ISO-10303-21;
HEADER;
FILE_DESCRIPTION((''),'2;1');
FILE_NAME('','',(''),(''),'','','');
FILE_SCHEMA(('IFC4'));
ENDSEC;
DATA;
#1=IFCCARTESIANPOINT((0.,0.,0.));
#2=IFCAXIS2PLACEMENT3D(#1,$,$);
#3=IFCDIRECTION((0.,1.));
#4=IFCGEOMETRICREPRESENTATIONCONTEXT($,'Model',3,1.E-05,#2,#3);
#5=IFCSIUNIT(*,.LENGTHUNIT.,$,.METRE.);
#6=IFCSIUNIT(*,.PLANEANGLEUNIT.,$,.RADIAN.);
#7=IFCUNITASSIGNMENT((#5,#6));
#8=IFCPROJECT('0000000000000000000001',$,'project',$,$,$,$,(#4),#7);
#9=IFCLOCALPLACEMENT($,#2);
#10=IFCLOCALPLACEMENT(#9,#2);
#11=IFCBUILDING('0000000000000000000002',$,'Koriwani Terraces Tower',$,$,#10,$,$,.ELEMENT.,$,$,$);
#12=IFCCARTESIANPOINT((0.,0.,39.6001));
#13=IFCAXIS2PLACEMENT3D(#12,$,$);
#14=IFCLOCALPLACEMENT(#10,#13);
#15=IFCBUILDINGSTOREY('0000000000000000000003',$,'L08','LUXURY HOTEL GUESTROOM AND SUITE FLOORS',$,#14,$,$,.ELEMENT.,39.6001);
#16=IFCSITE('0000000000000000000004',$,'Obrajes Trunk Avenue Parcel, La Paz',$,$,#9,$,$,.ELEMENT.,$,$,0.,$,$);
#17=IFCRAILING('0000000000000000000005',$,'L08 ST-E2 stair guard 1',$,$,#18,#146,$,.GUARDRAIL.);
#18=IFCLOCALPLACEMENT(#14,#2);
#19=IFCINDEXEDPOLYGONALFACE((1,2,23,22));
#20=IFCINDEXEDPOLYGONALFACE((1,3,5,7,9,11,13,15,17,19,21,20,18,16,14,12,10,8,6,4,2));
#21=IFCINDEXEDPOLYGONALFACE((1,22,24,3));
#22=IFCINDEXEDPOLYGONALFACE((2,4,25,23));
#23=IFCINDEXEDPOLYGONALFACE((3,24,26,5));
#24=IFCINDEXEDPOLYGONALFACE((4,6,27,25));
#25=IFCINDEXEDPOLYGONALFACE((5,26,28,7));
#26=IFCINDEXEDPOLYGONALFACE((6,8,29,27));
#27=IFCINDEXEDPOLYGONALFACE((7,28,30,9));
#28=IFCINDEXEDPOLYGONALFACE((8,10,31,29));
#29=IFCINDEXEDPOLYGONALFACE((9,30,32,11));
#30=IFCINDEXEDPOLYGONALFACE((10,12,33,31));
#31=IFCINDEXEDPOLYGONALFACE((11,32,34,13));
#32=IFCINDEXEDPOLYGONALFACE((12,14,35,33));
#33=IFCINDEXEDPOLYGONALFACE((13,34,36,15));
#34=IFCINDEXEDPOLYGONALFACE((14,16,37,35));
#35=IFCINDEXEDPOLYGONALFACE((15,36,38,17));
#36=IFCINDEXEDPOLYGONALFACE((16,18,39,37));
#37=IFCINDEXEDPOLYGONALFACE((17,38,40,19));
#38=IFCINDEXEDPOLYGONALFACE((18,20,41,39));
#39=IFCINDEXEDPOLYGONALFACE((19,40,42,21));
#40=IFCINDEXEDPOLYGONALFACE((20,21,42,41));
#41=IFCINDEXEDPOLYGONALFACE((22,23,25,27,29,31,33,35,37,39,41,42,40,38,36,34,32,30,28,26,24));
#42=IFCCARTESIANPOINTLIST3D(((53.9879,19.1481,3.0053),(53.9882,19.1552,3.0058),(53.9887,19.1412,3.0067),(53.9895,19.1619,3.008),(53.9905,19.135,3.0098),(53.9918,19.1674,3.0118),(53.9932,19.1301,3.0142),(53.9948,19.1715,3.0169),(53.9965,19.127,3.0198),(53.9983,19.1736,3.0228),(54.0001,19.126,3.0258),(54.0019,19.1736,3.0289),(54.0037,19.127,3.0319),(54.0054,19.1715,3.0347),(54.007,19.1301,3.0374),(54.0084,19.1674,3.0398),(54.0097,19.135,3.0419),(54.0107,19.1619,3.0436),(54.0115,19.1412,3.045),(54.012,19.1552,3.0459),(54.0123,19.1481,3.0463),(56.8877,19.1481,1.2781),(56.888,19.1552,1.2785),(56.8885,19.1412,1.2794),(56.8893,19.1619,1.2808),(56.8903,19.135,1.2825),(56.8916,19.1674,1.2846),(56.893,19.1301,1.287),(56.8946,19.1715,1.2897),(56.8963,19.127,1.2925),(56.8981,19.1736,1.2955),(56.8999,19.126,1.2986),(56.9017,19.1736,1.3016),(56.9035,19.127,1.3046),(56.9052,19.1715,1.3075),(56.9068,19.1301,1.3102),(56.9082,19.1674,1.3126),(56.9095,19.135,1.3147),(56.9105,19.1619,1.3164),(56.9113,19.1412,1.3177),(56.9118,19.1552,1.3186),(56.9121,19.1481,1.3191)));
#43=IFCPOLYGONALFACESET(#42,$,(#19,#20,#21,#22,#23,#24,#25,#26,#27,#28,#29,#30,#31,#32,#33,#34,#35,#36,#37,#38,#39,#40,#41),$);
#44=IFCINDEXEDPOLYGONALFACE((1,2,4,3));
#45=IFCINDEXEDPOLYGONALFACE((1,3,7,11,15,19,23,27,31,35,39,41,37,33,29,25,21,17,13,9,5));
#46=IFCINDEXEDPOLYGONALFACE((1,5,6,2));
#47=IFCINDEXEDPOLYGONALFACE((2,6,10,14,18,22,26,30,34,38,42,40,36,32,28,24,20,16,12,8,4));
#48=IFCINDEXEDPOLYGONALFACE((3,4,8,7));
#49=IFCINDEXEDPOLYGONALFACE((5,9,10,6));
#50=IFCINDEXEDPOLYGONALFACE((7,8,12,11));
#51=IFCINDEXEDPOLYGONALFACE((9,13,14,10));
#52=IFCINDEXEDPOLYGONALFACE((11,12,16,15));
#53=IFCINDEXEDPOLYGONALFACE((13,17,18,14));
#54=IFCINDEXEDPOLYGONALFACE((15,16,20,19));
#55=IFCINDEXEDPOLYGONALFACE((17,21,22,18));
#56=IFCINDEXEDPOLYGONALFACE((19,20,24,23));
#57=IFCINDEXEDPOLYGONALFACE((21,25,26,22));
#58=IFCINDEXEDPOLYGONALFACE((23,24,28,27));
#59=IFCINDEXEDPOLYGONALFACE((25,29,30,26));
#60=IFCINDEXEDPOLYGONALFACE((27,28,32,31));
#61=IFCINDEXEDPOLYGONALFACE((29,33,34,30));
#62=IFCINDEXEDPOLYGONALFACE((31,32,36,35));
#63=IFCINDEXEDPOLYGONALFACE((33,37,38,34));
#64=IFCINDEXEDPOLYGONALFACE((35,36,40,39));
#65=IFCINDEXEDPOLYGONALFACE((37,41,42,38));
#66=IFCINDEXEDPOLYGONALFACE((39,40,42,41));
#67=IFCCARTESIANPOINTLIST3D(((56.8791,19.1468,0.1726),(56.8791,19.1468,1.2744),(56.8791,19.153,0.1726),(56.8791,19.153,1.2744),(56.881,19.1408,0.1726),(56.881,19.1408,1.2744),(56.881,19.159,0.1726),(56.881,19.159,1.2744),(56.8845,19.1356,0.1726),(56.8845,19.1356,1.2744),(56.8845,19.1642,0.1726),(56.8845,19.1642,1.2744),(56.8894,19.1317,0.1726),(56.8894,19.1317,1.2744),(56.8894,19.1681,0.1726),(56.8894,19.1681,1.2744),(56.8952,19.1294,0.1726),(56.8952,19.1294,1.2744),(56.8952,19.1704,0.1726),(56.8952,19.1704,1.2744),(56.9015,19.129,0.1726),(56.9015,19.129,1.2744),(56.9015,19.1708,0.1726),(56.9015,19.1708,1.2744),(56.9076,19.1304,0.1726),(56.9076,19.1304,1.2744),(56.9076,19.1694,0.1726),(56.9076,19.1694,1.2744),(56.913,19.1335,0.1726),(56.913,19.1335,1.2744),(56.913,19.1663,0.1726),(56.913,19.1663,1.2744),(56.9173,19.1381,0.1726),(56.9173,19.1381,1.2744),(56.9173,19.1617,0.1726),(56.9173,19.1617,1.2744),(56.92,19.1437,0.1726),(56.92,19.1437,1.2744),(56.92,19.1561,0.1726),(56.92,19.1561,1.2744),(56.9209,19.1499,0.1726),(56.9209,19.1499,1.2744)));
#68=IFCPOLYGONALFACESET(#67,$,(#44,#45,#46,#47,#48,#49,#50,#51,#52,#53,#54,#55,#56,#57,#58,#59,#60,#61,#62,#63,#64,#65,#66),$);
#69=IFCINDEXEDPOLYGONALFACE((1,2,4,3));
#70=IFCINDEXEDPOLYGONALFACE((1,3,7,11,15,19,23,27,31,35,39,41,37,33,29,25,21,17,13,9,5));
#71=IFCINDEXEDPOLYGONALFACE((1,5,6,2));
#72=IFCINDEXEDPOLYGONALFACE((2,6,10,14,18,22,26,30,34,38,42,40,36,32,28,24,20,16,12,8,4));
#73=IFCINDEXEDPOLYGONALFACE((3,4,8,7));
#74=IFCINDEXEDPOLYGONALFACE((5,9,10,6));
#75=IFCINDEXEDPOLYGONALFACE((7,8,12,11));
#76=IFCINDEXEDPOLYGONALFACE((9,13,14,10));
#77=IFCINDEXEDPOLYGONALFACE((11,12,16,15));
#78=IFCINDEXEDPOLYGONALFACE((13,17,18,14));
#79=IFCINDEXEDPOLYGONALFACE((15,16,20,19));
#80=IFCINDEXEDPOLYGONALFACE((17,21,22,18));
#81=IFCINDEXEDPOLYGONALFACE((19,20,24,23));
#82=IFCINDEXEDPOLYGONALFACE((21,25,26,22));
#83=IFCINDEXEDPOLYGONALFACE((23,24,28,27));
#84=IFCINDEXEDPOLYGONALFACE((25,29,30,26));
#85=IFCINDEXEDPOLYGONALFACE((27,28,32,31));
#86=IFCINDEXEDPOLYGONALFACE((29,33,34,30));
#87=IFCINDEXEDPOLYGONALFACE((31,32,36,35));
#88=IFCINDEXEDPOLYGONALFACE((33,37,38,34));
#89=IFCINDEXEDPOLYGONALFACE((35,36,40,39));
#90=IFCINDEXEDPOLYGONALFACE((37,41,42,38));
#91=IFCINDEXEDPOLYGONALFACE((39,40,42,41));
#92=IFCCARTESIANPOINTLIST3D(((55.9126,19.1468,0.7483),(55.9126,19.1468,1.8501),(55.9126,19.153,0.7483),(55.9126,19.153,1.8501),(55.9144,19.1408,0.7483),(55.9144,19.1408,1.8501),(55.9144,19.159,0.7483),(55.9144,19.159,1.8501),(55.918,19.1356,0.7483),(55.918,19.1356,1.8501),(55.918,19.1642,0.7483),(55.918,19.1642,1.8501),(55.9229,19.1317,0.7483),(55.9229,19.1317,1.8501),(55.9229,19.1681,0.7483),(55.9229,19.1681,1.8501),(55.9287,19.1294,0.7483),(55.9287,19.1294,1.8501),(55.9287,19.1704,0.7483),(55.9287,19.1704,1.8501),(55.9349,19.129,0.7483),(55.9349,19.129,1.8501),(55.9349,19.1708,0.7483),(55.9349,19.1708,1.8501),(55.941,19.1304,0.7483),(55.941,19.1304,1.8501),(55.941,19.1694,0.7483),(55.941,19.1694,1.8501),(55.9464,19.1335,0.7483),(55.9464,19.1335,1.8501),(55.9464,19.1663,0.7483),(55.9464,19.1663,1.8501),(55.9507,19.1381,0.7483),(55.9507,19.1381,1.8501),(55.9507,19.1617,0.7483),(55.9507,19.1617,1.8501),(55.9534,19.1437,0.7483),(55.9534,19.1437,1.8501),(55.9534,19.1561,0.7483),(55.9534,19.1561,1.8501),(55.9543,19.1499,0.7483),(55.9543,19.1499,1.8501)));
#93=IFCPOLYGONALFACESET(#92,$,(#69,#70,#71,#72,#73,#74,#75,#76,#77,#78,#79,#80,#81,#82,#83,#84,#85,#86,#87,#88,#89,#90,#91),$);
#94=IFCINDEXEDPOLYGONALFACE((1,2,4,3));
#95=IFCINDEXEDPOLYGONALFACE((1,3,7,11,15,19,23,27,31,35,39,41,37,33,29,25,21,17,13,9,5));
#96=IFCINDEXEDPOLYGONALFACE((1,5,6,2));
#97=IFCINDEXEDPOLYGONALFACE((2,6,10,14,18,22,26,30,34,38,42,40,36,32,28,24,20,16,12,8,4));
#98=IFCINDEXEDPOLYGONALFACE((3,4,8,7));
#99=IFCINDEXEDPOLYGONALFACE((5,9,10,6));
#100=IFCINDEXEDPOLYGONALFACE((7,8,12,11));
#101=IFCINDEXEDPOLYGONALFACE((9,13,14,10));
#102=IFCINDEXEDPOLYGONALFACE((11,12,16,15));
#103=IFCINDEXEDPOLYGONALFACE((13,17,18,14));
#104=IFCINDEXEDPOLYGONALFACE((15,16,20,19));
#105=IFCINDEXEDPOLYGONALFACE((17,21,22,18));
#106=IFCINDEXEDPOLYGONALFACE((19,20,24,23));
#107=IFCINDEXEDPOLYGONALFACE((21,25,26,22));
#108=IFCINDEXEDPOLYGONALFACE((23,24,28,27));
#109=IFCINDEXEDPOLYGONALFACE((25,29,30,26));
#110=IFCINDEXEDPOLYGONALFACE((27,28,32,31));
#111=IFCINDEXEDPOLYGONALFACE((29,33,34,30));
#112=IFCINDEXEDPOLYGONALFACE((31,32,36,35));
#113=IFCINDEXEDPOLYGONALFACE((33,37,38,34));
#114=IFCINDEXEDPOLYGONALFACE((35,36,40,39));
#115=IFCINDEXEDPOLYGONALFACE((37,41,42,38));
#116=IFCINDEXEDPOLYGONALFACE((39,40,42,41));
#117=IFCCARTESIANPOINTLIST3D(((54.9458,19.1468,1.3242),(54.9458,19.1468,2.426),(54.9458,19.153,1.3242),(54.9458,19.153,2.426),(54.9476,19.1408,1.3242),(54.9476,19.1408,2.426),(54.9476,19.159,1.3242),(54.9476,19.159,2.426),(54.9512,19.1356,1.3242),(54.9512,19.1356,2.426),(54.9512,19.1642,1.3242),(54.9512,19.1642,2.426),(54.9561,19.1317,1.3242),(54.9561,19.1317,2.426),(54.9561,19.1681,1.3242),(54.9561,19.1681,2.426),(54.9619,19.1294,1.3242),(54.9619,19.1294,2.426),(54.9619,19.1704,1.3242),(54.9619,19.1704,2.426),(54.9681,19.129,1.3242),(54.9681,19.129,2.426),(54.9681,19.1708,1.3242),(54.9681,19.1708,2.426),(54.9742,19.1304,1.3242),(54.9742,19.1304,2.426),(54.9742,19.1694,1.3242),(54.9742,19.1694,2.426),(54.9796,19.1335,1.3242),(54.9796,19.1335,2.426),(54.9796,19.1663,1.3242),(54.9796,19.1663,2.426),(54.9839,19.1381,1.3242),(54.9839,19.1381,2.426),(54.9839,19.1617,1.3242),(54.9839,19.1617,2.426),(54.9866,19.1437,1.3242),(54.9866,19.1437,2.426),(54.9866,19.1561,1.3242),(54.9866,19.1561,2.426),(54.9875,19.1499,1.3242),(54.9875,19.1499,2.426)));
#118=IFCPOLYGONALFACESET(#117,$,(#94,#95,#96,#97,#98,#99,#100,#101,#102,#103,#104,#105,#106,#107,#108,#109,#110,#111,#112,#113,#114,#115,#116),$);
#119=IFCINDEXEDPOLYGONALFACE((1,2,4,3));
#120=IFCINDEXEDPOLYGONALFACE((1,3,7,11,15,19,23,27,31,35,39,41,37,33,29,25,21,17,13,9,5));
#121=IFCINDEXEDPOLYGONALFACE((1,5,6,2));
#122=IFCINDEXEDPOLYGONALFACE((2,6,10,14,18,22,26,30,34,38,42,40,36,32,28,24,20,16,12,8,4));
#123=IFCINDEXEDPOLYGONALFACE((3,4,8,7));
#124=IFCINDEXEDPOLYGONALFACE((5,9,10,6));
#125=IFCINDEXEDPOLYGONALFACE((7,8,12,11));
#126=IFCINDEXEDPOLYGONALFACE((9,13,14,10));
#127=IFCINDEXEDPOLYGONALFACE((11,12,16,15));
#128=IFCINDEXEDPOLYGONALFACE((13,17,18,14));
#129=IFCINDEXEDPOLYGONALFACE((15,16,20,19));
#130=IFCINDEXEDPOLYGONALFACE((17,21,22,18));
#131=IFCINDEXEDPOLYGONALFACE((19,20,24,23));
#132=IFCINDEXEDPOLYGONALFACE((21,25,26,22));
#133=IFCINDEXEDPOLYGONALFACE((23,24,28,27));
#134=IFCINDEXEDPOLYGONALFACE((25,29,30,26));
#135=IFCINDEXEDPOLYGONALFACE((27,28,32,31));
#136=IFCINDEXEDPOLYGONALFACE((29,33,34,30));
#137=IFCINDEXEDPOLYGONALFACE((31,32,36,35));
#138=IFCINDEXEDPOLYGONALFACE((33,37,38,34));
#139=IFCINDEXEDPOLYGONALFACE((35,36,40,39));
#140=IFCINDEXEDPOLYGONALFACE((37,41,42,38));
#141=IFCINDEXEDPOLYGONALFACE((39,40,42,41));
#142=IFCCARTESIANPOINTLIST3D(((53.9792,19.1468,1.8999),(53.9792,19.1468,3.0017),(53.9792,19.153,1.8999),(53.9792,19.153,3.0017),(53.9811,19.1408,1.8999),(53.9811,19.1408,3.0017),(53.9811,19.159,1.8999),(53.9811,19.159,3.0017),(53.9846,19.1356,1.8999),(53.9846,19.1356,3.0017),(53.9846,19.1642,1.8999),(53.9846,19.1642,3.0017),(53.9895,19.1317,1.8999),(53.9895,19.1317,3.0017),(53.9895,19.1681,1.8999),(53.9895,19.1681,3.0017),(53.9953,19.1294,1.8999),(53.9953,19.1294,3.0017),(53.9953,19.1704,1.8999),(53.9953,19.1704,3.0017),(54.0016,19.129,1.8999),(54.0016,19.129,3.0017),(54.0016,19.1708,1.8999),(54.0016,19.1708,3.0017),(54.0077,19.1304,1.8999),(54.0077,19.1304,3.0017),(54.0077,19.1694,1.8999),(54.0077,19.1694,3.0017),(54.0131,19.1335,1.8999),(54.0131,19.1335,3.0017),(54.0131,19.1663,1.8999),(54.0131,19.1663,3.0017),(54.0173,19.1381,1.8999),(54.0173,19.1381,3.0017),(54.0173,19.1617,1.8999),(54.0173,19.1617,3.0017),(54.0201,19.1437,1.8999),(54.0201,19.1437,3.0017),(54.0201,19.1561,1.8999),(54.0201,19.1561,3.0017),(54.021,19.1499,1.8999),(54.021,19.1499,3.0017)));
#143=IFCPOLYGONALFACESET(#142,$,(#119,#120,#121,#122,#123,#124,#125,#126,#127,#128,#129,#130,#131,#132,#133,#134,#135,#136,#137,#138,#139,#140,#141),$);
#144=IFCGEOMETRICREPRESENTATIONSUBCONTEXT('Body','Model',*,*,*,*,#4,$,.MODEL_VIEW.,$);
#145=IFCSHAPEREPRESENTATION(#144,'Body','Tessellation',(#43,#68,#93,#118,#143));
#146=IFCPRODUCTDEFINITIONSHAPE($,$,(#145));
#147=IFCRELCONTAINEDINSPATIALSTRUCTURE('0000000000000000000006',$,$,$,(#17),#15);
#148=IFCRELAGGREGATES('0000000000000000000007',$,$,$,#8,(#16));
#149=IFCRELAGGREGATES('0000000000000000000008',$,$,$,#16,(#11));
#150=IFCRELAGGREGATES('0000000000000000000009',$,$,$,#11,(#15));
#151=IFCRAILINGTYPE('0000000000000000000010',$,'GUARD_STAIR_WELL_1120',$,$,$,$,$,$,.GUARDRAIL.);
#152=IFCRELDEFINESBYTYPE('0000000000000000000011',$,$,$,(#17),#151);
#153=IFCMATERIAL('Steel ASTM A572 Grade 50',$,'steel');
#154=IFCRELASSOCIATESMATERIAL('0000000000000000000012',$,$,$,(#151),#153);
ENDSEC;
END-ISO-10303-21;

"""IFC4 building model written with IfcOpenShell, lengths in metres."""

from ifc_helpers import new_model, si_unit, direction, frame, origin, origin_2d, place, context, subcontext, project, spatial, circle, extrude, material, type_object, element, save


model = new_model("IFC4")

# Units and contexts
model_context = context("Model", 3, precision=1e-05, world=origin(), true_north=direction((0.0, 1.0)))
body_context = subcontext(model_context, "Body", "Model", "MODEL_VIEW")
ifc_project = project(units=[si_unit("LENGTHUNIT", "METRE"), si_unit("PLANEANGLEUNIT", "RADIAN")], contexts=[model_context])

# Site, building, storey
site_placement = place(None, origin())
site = spatial("IfcSite", under=ifc_project, at=site_placement, Name="Obrajes Trunk Avenue Parcel, La Paz", CompositionType="ELEMENT", RefElevation=0.0)
building_placement = place(site_placement, origin())
building = spatial("IfcBuilding", under=site, at=building_placement, Name="Koriwani Terraces Tower", CompositionType="ELEMENT")
storey_placement = place(building_placement, frame((0.0, 0.0, 39.6001)))
storey = spatial("IfcBuildingStorey", under=building, at=storey_placement, Name="L08", Description="LUXURY HOTEL GUESTROOM AND SUITE FLOORS", CompositionType="ELEMENT", Elevation=39.6001)

# Shared definitions
ifc_material_1 = material(Name="Steel ASTM A572 Grade 50", Category="steel")

# Railing
railing_type_1 = type_object("IfcRailingType", Name="GUARD_STAIR_WELL_1120", PredefinedType="GUARDRAIL", material=ifc_material_1)
railing_1_placement = place(storey_placement, frame((56.8999, 19.1499, 0.1726)))
element("IfcRailing", 1, at=railing_1_placement, inside=storey, type_object=railing_type_1, Name="L08 ST-E2 stair guard 1", PredefinedType="GUARDRAIL", context=body_context, shape_type="SweptSolid", body=[
    extrude(circle(Radius=0.0239, at=origin_2d()), frame((0.0, 0.0, 1.126), z_axis=(-0.859141, 0.0, 0.511738), x_axis=(0.0, -1.0, 0.0)), (0.0, 0.0, 1.0), 3.3752),
    extrude(circle(Radius=0.021, at=origin_2d()), origin(), (0.0, 0.0, 1.0), 1.1018),
    extrude(circle(Radius=0.021, at=origin_2d()), frame((-0.9666, 0.0, 0.5757)), (0.0, 0.0, 1.0), 1.1018),
    extrude(circle(Radius=0.021, at=origin_2d()), frame((-1.9333, 0.0, 1.1516)), (0.0, 0.0, 1.0), 1.1018),
    extrude(circle(Radius=0.021, at=origin_2d()), frame((-2.8999, 0.0, 1.7273)), (0.0, 0.0, 1.0), 1.1018),
])

save(model, "model.ifc")
